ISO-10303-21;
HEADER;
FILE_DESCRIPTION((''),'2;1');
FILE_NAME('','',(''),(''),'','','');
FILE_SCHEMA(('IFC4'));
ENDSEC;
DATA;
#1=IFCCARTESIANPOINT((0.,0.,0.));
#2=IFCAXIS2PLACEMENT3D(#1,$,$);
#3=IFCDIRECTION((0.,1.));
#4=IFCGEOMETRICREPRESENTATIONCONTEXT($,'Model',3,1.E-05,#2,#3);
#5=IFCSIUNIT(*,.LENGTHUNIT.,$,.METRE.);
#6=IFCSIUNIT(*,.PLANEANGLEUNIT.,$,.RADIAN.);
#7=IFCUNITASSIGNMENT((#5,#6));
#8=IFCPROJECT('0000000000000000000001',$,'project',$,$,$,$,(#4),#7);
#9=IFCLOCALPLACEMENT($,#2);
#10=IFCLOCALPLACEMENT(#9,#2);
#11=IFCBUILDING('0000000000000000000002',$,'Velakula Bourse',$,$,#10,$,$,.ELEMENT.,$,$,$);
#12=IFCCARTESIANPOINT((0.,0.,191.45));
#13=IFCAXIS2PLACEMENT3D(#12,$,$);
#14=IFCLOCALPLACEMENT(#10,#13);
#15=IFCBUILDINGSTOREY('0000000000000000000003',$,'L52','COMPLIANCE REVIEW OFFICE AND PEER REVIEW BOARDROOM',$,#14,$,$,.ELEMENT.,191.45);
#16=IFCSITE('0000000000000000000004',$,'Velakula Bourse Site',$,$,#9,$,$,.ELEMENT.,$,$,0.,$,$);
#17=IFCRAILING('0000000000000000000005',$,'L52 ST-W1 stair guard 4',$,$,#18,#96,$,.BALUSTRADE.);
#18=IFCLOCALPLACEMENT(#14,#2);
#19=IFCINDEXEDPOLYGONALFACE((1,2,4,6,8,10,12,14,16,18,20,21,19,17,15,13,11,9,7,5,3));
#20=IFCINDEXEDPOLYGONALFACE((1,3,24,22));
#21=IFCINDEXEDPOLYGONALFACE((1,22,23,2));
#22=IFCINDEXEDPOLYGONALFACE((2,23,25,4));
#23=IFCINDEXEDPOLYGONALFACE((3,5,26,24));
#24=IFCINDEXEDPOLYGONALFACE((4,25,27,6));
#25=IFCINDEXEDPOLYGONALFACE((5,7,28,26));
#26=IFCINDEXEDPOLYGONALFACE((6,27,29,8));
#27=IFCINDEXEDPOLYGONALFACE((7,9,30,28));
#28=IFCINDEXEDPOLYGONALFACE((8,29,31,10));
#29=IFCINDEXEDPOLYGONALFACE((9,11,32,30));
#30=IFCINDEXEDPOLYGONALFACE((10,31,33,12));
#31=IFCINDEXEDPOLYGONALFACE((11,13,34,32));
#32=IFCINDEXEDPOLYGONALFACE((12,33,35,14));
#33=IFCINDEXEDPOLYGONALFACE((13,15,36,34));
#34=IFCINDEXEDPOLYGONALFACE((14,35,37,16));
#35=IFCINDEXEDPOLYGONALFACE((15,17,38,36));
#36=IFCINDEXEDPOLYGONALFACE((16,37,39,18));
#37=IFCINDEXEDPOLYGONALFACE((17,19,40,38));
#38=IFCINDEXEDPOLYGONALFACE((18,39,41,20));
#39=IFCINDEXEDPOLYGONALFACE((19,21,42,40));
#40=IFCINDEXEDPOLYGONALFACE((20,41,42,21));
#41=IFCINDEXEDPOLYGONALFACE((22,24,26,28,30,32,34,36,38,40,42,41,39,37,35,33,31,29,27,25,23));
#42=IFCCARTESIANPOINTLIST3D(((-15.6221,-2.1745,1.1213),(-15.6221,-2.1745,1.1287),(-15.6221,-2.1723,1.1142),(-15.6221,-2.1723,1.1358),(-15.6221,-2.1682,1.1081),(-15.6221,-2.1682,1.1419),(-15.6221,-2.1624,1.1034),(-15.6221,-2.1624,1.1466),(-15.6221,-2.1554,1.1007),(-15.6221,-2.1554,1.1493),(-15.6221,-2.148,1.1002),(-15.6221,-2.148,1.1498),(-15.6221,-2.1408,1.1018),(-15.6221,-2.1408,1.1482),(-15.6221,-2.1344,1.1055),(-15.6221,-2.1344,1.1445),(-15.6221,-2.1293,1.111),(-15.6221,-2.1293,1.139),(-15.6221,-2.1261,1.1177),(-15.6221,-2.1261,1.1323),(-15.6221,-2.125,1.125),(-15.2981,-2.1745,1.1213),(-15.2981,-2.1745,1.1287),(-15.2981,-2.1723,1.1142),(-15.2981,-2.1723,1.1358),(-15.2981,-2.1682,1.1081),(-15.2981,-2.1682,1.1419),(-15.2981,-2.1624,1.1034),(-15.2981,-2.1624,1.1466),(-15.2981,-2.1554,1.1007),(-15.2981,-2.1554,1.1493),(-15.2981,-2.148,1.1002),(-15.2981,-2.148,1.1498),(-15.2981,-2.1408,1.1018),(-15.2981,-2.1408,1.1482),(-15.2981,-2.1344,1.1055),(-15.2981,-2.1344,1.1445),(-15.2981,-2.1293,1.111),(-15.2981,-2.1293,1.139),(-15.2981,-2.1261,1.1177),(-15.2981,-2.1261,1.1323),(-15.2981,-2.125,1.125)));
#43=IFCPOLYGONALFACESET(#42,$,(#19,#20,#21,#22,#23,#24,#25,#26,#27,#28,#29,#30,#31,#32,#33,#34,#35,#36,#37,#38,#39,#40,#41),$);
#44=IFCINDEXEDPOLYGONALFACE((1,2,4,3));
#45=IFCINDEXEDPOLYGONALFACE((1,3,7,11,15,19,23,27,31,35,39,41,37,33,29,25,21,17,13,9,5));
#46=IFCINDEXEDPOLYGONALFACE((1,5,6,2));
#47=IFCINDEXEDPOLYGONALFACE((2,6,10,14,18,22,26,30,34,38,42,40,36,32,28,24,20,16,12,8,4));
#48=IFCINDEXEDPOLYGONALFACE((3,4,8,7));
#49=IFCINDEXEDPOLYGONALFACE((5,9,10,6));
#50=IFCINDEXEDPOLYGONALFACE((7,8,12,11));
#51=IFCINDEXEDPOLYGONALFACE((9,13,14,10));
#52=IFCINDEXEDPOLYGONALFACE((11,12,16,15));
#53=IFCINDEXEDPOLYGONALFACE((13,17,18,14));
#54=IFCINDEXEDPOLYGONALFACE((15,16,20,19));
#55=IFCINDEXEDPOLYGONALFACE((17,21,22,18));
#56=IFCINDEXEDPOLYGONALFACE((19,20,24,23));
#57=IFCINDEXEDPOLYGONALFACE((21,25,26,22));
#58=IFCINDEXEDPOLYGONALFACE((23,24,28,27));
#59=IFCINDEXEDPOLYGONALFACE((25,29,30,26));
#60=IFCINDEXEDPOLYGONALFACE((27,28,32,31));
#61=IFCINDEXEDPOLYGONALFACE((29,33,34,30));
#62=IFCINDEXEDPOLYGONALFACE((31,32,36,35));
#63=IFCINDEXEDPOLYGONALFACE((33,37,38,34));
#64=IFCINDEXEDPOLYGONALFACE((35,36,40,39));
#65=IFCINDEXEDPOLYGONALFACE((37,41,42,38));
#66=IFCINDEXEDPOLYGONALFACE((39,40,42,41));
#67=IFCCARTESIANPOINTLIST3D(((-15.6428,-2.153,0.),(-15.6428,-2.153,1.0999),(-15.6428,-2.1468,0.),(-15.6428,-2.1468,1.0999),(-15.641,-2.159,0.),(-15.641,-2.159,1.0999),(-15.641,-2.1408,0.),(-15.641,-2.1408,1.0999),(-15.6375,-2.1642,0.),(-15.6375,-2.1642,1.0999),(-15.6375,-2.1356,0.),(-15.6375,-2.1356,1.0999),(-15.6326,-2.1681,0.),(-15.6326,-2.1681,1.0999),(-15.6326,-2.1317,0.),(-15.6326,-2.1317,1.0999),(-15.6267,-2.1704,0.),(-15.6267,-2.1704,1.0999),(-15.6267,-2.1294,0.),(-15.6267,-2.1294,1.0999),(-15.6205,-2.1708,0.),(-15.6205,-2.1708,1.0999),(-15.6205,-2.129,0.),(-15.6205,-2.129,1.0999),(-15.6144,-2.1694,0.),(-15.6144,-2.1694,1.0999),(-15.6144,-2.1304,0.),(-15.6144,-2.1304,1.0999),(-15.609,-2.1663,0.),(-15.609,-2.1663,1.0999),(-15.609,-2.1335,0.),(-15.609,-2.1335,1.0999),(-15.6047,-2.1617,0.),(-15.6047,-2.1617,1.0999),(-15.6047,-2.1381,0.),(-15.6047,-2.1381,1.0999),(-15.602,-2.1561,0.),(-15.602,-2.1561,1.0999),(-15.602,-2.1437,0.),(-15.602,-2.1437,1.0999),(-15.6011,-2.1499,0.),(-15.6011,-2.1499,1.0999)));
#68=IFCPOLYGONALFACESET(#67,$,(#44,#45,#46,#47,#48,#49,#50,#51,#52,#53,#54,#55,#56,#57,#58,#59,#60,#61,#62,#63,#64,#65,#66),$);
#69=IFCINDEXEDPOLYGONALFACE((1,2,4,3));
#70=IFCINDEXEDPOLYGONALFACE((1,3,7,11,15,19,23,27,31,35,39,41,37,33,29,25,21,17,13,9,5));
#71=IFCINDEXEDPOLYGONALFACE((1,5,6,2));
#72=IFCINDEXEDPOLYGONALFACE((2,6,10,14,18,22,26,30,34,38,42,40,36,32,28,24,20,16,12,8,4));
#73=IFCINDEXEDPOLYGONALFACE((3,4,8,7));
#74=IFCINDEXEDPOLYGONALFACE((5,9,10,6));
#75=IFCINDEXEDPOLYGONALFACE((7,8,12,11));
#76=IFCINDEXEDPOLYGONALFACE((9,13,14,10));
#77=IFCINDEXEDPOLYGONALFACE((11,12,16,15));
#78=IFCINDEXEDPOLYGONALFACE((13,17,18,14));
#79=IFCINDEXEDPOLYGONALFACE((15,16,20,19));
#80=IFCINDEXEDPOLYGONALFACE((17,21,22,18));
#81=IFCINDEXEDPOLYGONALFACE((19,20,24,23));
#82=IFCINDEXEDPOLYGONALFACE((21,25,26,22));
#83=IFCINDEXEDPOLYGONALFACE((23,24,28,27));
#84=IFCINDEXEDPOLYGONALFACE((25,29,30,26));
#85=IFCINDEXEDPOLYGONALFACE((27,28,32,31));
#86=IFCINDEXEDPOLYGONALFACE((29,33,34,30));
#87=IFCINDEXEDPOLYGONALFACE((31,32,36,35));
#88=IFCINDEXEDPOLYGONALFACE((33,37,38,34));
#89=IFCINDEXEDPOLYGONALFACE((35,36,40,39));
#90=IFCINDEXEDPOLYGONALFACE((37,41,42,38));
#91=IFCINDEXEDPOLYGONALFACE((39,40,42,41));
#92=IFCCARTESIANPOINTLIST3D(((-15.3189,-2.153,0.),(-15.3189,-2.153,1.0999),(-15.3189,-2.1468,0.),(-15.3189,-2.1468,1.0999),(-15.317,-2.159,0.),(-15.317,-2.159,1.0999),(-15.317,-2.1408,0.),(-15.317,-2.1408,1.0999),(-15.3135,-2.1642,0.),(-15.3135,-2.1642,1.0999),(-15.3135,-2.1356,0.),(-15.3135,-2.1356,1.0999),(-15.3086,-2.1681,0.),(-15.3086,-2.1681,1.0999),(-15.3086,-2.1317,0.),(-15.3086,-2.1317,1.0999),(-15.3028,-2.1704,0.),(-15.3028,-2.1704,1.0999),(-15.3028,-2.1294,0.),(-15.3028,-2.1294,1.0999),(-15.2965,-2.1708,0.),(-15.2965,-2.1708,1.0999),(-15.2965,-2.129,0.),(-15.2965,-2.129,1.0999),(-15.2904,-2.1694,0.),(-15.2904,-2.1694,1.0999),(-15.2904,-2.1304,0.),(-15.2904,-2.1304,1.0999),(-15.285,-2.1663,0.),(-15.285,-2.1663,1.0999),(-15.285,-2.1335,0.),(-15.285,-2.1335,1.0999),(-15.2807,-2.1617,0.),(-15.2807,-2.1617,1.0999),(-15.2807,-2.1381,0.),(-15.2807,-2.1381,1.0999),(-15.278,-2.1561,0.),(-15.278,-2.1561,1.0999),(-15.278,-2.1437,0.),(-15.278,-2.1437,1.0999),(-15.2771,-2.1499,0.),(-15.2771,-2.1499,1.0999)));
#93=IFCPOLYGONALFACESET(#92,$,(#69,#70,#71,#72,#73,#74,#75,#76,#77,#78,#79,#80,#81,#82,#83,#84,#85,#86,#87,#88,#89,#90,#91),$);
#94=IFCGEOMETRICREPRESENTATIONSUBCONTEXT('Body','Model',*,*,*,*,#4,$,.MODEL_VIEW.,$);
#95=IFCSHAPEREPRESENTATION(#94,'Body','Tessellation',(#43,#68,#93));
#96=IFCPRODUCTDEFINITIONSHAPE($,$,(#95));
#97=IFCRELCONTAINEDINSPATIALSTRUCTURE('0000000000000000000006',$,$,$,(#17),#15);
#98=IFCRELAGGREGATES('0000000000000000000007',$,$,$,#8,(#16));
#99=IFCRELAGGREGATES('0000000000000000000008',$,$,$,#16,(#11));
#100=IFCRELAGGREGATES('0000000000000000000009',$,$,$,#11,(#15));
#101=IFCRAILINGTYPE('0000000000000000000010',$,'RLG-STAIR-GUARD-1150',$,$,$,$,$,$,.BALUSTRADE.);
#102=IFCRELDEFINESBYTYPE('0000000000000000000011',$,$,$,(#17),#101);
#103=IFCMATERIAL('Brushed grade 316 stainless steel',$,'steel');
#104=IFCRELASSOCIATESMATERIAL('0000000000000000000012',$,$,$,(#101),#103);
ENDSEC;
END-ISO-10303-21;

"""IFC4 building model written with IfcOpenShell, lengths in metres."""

from ifc_helpers import new_model, si_unit, direction, frame, origin, origin_2d, place, context, subcontext, project, spatial, circle, extrude, material, type_object, element, save


model = new_model("IFC4")

# Units and contexts
model_context = context("Model", 3, precision=1e-05, world=origin(), true_north=direction((0.0, 1.0)))
body_context = subcontext(model_context, "Body", "Model", "MODEL_VIEW")
ifc_project = project(units=[si_unit("LENGTHUNIT", "METRE"), si_unit("PLANEANGLEUNIT", "RADIAN")], contexts=[model_context])

# Site, building, storey
site_placement = place(None, origin())
site = spatial("IfcSite", under=ifc_project, at=site_placement, Name="Velakula Bourse Site", CompositionType="ELEMENT", RefElevation=0.0)
building_placement = place(site_placement, origin())
building = spatial("IfcBuilding", under=site, at=building_placement, Name="Velakula Bourse", CompositionType="ELEMENT")
storey_placement = place(building_placement, frame((0.0, 0.0, 191.45)))
storey = spatial("IfcBuildingStorey", under=building, at=storey_placement, Name="L52", Description="COMPLIANCE REVIEW OFFICE AND PEER REVIEW BOARDROOM", CompositionType="ELEMENT", Elevation=191.45)

# Shared definitions
ifc_material_1 = material(Name="Brushed grade 316 stainless steel", Category="steel")

# Railing
railing_type_1 = type_object("IfcRailingType", Name="RLG-STAIR-GUARD-1150", PredefinedType="BALUSTRADE", material=ifc_material_1)
railing_1_placement = place(storey_placement, frame((-15.6221, -2.1499, 0.0)))
element("IfcRailing", 1, at=railing_1_placement, inside=storey, type_object=railing_type_1, Name="L52 ST-W1 stair guard 4", PredefinedType="BALUSTRADE", context=body_context, shape_type="SweptSolid", body=[
    extrude(circle(Radius=0.0249, at=origin_2d()), frame((0.0, 0.0, 1.125), z_axis=(1.0, 0.0, 0.0), x_axis=(0.0, 1.0, 0.0)), (0.0, 0.0, 1.0), 0.324),
    extrude(circle(Radius=0.021, at=origin_2d()), origin(), (0.0, 0.0, 1.0), 1.0999),
    extrude(circle(Radius=0.021, at=origin_2d()), frame((0.324, 0.0, 0.0)), (0.0, 0.0, 1.0), 1.0999),
])

save(model, "model.ifc")
